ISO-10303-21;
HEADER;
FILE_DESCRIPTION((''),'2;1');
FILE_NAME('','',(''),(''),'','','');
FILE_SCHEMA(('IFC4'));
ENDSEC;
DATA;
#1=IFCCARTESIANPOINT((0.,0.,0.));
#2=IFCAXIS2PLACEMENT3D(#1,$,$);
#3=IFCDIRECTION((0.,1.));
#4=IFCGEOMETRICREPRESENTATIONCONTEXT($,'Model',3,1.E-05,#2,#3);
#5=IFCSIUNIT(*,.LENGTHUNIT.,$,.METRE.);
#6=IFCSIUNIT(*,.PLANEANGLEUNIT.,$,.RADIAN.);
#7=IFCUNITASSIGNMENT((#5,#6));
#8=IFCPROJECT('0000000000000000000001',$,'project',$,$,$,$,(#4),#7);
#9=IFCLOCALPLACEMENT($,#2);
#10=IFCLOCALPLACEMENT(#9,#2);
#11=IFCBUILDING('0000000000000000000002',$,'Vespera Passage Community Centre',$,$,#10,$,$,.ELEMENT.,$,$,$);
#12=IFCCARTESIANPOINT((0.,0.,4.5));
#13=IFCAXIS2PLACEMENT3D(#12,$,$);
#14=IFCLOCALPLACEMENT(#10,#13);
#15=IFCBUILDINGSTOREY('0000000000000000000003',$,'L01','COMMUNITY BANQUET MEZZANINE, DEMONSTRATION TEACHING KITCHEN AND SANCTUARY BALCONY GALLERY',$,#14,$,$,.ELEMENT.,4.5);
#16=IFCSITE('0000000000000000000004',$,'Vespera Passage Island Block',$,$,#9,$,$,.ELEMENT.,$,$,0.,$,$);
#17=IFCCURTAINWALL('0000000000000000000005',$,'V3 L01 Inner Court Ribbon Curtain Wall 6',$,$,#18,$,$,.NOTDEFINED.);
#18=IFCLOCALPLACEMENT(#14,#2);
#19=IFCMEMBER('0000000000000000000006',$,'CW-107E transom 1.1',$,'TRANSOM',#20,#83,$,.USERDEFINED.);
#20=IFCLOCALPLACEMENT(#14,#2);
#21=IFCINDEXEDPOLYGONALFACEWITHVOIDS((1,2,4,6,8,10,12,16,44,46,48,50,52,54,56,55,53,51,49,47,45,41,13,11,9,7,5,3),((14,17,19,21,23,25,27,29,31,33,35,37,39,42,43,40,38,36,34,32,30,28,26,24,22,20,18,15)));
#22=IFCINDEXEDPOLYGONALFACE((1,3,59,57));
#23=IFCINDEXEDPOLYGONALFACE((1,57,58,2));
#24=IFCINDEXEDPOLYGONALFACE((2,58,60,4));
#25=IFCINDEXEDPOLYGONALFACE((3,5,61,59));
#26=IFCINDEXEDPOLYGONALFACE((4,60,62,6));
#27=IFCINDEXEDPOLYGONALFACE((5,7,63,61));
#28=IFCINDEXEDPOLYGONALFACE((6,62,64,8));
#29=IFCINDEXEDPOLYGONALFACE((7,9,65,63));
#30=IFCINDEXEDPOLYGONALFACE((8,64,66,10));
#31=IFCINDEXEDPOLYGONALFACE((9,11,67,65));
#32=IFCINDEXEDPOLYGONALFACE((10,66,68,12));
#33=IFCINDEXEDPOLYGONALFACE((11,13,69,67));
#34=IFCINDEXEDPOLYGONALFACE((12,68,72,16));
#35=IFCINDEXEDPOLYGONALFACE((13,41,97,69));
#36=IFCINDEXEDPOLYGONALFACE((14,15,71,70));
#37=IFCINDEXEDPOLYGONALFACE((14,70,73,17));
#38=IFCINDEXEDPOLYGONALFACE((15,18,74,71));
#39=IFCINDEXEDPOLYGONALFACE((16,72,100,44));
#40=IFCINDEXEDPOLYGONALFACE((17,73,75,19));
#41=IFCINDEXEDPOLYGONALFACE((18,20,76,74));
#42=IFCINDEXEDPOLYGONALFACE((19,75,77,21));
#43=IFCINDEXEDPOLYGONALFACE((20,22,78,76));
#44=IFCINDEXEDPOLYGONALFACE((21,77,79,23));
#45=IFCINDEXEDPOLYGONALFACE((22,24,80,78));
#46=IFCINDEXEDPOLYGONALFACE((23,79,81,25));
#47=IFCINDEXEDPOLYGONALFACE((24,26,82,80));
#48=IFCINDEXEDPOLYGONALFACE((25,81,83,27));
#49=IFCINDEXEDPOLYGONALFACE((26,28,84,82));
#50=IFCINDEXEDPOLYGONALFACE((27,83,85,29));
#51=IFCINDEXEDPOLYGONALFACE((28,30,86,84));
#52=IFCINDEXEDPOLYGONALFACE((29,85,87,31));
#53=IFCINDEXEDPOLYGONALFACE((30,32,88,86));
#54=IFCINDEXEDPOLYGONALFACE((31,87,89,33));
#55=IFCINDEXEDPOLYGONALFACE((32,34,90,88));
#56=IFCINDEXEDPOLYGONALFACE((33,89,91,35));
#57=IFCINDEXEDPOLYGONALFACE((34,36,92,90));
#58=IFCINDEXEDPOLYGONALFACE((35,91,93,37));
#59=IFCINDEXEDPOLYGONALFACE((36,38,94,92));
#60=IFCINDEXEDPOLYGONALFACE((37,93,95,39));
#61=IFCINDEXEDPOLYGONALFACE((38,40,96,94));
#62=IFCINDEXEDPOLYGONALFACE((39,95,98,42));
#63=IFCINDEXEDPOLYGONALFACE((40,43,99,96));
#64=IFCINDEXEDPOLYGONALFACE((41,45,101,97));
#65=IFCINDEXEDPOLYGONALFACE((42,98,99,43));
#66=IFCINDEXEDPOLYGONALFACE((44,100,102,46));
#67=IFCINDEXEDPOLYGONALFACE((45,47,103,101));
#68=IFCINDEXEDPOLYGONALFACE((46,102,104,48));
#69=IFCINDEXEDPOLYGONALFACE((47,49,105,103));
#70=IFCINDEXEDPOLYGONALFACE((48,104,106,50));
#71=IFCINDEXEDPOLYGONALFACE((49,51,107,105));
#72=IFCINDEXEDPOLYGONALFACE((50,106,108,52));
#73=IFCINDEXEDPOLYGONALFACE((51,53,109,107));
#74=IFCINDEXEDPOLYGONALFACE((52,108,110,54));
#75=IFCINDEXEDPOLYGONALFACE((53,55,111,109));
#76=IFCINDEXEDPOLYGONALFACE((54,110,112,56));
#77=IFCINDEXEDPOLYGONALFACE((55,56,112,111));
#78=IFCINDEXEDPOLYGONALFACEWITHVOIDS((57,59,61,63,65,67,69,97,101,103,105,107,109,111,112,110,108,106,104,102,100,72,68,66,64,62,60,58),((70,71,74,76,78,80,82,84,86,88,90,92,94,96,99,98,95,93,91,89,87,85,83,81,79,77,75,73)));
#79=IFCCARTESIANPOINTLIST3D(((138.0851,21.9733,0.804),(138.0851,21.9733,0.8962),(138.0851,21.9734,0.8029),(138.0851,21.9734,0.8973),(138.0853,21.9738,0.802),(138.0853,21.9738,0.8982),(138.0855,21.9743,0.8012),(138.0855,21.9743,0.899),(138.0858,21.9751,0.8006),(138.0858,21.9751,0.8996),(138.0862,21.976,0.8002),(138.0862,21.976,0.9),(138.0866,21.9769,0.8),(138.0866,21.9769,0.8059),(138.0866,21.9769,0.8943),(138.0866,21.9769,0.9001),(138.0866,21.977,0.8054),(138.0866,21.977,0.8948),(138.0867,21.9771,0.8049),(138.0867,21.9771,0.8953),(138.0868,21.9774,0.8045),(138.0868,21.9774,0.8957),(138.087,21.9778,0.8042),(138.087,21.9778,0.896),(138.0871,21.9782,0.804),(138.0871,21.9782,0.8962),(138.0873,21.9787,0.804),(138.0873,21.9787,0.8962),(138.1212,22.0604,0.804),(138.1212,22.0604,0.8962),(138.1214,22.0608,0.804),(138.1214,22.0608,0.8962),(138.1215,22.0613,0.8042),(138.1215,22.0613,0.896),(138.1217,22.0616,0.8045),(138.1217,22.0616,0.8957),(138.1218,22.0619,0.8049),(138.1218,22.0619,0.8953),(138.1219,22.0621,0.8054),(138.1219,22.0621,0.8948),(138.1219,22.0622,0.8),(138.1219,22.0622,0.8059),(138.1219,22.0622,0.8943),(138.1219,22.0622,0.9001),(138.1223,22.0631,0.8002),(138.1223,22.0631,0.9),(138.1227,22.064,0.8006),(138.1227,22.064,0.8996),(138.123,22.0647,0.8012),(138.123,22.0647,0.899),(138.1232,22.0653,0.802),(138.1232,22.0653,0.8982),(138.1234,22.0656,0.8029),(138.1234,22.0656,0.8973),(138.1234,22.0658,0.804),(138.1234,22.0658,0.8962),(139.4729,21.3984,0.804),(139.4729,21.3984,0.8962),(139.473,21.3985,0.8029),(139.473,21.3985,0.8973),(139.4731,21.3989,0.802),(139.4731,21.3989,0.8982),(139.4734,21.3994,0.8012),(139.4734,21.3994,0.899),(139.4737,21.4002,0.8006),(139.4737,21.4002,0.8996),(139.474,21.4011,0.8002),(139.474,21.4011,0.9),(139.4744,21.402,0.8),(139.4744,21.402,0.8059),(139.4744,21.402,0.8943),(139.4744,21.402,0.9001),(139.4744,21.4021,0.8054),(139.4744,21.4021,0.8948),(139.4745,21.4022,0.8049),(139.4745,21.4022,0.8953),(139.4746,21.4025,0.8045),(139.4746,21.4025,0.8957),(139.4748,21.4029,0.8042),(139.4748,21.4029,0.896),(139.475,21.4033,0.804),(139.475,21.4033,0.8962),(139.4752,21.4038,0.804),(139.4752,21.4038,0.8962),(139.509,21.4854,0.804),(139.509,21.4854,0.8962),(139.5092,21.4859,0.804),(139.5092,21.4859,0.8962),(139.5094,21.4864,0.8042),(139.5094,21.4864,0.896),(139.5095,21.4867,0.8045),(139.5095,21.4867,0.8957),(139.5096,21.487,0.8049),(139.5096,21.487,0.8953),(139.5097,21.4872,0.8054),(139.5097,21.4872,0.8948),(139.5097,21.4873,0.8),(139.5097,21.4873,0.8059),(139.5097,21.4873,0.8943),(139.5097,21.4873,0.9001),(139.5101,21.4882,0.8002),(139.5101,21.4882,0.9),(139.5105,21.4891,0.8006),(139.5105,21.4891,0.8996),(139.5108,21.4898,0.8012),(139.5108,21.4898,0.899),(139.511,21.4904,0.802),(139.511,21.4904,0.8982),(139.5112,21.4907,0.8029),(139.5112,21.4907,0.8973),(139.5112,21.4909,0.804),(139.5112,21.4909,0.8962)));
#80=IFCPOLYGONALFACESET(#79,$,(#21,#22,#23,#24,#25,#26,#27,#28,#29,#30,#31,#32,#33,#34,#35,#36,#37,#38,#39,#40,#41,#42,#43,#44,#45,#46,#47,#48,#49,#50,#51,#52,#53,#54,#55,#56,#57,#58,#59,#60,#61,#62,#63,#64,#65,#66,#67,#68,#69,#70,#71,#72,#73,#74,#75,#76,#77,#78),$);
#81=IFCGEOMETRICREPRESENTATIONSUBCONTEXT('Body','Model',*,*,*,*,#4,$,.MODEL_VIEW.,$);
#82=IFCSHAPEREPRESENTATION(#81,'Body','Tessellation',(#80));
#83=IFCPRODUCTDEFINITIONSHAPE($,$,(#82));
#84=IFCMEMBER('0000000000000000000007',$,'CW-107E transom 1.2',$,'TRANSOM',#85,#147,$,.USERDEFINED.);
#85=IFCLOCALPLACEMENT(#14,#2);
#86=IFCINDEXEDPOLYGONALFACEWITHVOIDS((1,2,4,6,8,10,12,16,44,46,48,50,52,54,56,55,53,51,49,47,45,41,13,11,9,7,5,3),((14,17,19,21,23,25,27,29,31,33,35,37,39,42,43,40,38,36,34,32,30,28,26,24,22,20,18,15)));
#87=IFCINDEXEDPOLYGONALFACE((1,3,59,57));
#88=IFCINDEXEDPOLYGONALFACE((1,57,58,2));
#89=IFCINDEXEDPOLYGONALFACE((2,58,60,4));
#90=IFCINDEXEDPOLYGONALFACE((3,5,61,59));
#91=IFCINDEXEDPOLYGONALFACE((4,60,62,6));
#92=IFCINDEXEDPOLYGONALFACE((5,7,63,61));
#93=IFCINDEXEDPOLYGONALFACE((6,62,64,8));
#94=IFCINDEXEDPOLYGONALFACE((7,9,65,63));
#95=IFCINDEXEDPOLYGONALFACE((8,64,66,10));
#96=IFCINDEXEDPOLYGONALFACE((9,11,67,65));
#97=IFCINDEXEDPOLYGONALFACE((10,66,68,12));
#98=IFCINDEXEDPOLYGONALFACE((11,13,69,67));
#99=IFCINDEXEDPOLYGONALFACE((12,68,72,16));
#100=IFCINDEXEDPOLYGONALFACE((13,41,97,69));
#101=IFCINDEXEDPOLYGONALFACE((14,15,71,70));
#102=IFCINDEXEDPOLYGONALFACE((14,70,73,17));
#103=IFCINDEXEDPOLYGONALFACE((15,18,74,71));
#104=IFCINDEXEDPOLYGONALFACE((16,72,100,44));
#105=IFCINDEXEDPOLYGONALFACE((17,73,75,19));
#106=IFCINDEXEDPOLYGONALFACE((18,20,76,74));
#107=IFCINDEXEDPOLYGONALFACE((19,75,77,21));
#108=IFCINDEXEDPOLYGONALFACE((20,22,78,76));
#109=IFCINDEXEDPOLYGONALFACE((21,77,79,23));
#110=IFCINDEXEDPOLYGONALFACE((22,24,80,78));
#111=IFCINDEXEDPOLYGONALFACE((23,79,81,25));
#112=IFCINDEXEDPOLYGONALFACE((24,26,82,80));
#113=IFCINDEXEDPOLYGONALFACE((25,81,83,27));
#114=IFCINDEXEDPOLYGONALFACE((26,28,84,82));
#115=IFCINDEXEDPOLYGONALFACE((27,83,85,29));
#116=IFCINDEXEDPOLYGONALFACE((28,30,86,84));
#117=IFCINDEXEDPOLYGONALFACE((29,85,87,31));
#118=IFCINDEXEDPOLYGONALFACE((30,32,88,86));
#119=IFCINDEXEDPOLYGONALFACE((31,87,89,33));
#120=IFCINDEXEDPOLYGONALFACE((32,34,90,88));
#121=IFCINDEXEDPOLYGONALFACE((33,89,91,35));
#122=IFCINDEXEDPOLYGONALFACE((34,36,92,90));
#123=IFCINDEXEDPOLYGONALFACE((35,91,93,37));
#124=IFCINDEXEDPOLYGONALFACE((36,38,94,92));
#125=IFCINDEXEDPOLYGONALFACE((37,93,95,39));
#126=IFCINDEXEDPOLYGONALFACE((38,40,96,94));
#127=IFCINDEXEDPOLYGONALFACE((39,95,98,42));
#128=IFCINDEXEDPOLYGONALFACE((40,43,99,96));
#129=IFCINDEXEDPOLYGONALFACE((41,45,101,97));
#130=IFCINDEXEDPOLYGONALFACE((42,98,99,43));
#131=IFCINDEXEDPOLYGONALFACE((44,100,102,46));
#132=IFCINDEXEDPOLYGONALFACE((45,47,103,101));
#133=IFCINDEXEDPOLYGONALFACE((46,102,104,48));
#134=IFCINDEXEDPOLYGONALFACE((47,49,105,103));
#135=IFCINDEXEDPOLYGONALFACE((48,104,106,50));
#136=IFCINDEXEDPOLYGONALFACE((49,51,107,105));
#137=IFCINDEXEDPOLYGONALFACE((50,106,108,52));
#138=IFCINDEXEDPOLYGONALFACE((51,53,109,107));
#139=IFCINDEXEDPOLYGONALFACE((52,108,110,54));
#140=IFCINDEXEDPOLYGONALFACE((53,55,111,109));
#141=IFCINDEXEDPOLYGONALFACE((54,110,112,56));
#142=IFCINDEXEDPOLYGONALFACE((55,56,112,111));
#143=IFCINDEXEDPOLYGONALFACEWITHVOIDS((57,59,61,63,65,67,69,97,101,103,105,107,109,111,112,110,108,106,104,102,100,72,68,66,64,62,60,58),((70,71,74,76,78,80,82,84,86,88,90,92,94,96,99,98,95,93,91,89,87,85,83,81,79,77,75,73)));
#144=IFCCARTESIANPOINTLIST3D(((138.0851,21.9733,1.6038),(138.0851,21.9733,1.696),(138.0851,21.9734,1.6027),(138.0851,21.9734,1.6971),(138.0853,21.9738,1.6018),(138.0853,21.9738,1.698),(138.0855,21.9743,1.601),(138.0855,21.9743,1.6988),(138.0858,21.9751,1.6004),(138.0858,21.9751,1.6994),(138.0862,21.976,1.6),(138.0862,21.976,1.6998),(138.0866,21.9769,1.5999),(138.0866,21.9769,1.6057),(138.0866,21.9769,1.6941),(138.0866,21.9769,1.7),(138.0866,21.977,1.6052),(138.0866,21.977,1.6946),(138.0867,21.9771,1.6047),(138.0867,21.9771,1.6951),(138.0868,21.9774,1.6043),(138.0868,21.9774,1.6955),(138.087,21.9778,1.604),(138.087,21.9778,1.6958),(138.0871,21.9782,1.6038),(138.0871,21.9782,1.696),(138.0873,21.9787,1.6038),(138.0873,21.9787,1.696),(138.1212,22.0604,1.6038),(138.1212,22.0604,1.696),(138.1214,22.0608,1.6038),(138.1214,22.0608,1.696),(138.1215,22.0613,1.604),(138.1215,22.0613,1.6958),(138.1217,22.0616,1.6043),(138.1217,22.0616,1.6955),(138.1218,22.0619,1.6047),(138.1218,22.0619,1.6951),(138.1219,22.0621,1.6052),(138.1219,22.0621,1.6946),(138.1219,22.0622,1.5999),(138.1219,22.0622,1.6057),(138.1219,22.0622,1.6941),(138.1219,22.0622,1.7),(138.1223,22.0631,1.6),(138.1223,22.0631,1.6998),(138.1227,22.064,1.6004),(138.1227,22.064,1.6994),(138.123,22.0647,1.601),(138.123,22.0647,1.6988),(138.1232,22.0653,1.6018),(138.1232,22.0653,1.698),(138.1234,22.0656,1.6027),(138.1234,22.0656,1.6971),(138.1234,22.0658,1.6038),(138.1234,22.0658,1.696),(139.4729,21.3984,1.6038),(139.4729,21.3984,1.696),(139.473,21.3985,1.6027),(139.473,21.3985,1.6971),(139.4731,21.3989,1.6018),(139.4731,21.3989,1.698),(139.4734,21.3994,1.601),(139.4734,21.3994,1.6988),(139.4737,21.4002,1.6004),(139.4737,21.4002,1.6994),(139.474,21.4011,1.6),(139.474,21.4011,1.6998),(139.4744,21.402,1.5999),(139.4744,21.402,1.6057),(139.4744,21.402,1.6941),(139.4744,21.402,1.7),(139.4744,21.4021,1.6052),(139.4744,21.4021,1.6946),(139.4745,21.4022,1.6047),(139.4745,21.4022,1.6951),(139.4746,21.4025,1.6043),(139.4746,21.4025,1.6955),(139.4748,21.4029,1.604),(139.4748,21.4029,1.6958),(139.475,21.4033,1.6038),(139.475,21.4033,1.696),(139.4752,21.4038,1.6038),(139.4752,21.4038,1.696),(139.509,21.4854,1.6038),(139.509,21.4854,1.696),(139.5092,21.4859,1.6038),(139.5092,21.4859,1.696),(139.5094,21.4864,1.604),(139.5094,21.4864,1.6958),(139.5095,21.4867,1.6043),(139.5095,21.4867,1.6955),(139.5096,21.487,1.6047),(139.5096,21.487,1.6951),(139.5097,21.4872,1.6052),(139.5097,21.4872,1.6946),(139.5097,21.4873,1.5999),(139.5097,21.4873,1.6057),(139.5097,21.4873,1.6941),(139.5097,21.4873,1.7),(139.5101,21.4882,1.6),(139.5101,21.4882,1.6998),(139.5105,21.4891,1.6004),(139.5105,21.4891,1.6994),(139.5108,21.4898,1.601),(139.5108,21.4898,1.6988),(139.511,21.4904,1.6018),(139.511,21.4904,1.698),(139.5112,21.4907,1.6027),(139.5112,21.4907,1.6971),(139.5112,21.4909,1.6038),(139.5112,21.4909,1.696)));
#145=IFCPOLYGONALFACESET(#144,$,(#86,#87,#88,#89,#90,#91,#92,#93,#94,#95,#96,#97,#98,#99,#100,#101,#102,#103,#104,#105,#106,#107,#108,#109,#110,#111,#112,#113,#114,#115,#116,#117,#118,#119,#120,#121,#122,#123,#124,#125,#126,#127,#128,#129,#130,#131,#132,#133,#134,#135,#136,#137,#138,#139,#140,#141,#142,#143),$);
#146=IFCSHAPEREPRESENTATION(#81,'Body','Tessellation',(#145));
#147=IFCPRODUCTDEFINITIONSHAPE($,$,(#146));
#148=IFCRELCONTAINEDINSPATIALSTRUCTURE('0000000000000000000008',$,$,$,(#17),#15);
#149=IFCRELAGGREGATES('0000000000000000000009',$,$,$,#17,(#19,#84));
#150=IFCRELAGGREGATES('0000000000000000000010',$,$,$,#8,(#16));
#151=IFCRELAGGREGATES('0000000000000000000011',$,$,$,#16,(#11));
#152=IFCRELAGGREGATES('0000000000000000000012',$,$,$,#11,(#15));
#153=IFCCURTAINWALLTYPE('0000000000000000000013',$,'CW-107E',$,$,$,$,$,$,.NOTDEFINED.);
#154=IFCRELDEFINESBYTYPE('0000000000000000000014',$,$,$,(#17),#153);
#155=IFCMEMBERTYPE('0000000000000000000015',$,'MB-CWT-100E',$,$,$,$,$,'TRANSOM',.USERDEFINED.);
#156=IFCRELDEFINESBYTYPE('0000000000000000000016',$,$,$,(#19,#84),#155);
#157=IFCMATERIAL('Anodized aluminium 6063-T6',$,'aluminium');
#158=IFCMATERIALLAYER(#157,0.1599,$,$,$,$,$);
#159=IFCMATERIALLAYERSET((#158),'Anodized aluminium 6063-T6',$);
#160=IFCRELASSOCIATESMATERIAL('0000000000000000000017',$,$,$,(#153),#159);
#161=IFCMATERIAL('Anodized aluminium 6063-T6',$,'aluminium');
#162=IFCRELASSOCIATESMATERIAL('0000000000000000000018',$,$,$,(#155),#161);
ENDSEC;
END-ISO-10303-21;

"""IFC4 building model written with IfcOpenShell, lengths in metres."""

from ifc_helpers import new_model, si_unit, direction, frame, origin, origin_2d, place, context, subcontext, project, spatial, hollow_rectangle, extrude, material, layer, layer_set, material_profile, profile_set, type_object, element, aggregate, save


model = new_model("IFC4")

# Units and contexts
model_context = context("Model", 3, precision=1e-05, world=origin(), true_north=direction((0.0, 1.0)))
body_context = subcontext(model_context, "Body", "Model", "MODEL_VIEW")
ifc_project = project(units=[si_unit("LENGTHUNIT", "METRE"), si_unit("PLANEANGLEUNIT", "RADIAN")], contexts=[model_context])

# Site, building, storey
site_placement = place(None, origin())
site = spatial("IfcSite", under=ifc_project, at=site_placement, Name="Vespera Passage Island Block", CompositionType="ELEMENT", RefElevation=0.0)
building_placement = place(site_placement, origin())
building = spatial("IfcBuilding", under=site, at=building_placement, Name="Vespera Passage Community Centre", CompositionType="ELEMENT")
storey_placement = place(building_placement, frame((0.0, 0.0, 4.5)))
storey = spatial("IfcBuildingStorey", under=building, at=storey_placement, Name="L01", Description="COMMUNITY BANQUET MEZZANINE, DEMONSTRATION TEACHING KITCHEN AND SANCTUARY BALCONY GALLERY", CompositionType="ELEMENT", Elevation=4.5)

# Shared definitions
ifc_material_1 = material(Name="Anodized aluminium 6063-T6", Category="aluminium")
ifc_layer_1 = layer(ifc_material_1, 0.1599)
ifc_layer_set_1 = layer_set([ifc_layer_1], Name="Anodized aluminium 6063-T6")
curtain_wall_type = type_object("IfcCurtainWallType", Name="CW-107E", PredefinedType="NOTDEFINED", material=ifc_layer_set_1)

# Curtain wall, members
curtain_wall_1_placement = place(storey_placement, origin())
curtain_wall_1 = element("IfcCurtainWall", 1, at=curtain_wall_1_placement, inside=storey, type_object=curtain_wall_type, Name="V3 L01 Inner Court Ribbon Curtain Wall 6", PredefinedType="NOTDEFINED")
ifc_material_2 = material(Name="Anodized aluminium 6063-T6", Category="aluminium")
ifc_material_profile_1 = material_profile(ifc_material_2, hollow_rectangle(XDim=0.1001, YDim=0.1001, WallThickness=0.0039, InnerFilletRadius=0.002, OuterFilletRadius=0.0039, at=origin_2d()), Name="ALU100X100X4")
ifc_profile_set_1 = profile_set([ifc_material_profile_1], Name="Anodized aluminium 6063-T6")
member_type_1 = type_object("IfcMemberType", Name="MB-CWT-100E", ElementType="TRANSOM", PredefinedType="USERDEFINED", material=ifc_profile_set_1)
member_1_placement = place(storey_placement, frame((138.1042, 22.0195, 0.8501), z_axis=(0.923868, -0.382711, 0.0), x_axis=(0.382711, 0.923868, 0.0)))
member_1 = element("IfcMember", 2, at=member_1_placement, type_object=member_type_1, Name="CW-107E transom 1.1", ObjectType="TRANSOM", PredefinedType="USERDEFINED", context=body_context, shape_type="SweptSolid", body=[
    extrude(hollow_rectangle(XDim=0.1001, YDim=0.1001, WallThickness=0.0039, InnerFilletRadius=0.002, OuterFilletRadius=0.0039, at=origin_2d()), origin(), (0.0, 0.0, 1.0), 1.5022),
])
member_2_placement = place(storey_placement, frame((138.1042, 22.0195, 1.6499), z_axis=(0.923868, -0.382711, 0.0), x_axis=(0.382711, 0.923868, 0.0)))
member_2 = element("IfcMember", 3, at=member_2_placement, type_object=member_type_1, Name="CW-107E transom 1.2", ObjectType="TRANSOM", PredefinedType="USERDEFINED", context=body_context, shape_type="SweptSolid", body=[
    extrude(hollow_rectangle(XDim=0.1001, YDim=0.1001, WallThickness=0.0039, InnerFilletRadius=0.002, OuterFilletRadius=0.0039, at=origin_2d()), origin(), (0.0, 0.0, 1.0), 1.5022),
])

aggregate(curtain_wall_1, [member_1, member_2])

save(model, "model.ifc")
